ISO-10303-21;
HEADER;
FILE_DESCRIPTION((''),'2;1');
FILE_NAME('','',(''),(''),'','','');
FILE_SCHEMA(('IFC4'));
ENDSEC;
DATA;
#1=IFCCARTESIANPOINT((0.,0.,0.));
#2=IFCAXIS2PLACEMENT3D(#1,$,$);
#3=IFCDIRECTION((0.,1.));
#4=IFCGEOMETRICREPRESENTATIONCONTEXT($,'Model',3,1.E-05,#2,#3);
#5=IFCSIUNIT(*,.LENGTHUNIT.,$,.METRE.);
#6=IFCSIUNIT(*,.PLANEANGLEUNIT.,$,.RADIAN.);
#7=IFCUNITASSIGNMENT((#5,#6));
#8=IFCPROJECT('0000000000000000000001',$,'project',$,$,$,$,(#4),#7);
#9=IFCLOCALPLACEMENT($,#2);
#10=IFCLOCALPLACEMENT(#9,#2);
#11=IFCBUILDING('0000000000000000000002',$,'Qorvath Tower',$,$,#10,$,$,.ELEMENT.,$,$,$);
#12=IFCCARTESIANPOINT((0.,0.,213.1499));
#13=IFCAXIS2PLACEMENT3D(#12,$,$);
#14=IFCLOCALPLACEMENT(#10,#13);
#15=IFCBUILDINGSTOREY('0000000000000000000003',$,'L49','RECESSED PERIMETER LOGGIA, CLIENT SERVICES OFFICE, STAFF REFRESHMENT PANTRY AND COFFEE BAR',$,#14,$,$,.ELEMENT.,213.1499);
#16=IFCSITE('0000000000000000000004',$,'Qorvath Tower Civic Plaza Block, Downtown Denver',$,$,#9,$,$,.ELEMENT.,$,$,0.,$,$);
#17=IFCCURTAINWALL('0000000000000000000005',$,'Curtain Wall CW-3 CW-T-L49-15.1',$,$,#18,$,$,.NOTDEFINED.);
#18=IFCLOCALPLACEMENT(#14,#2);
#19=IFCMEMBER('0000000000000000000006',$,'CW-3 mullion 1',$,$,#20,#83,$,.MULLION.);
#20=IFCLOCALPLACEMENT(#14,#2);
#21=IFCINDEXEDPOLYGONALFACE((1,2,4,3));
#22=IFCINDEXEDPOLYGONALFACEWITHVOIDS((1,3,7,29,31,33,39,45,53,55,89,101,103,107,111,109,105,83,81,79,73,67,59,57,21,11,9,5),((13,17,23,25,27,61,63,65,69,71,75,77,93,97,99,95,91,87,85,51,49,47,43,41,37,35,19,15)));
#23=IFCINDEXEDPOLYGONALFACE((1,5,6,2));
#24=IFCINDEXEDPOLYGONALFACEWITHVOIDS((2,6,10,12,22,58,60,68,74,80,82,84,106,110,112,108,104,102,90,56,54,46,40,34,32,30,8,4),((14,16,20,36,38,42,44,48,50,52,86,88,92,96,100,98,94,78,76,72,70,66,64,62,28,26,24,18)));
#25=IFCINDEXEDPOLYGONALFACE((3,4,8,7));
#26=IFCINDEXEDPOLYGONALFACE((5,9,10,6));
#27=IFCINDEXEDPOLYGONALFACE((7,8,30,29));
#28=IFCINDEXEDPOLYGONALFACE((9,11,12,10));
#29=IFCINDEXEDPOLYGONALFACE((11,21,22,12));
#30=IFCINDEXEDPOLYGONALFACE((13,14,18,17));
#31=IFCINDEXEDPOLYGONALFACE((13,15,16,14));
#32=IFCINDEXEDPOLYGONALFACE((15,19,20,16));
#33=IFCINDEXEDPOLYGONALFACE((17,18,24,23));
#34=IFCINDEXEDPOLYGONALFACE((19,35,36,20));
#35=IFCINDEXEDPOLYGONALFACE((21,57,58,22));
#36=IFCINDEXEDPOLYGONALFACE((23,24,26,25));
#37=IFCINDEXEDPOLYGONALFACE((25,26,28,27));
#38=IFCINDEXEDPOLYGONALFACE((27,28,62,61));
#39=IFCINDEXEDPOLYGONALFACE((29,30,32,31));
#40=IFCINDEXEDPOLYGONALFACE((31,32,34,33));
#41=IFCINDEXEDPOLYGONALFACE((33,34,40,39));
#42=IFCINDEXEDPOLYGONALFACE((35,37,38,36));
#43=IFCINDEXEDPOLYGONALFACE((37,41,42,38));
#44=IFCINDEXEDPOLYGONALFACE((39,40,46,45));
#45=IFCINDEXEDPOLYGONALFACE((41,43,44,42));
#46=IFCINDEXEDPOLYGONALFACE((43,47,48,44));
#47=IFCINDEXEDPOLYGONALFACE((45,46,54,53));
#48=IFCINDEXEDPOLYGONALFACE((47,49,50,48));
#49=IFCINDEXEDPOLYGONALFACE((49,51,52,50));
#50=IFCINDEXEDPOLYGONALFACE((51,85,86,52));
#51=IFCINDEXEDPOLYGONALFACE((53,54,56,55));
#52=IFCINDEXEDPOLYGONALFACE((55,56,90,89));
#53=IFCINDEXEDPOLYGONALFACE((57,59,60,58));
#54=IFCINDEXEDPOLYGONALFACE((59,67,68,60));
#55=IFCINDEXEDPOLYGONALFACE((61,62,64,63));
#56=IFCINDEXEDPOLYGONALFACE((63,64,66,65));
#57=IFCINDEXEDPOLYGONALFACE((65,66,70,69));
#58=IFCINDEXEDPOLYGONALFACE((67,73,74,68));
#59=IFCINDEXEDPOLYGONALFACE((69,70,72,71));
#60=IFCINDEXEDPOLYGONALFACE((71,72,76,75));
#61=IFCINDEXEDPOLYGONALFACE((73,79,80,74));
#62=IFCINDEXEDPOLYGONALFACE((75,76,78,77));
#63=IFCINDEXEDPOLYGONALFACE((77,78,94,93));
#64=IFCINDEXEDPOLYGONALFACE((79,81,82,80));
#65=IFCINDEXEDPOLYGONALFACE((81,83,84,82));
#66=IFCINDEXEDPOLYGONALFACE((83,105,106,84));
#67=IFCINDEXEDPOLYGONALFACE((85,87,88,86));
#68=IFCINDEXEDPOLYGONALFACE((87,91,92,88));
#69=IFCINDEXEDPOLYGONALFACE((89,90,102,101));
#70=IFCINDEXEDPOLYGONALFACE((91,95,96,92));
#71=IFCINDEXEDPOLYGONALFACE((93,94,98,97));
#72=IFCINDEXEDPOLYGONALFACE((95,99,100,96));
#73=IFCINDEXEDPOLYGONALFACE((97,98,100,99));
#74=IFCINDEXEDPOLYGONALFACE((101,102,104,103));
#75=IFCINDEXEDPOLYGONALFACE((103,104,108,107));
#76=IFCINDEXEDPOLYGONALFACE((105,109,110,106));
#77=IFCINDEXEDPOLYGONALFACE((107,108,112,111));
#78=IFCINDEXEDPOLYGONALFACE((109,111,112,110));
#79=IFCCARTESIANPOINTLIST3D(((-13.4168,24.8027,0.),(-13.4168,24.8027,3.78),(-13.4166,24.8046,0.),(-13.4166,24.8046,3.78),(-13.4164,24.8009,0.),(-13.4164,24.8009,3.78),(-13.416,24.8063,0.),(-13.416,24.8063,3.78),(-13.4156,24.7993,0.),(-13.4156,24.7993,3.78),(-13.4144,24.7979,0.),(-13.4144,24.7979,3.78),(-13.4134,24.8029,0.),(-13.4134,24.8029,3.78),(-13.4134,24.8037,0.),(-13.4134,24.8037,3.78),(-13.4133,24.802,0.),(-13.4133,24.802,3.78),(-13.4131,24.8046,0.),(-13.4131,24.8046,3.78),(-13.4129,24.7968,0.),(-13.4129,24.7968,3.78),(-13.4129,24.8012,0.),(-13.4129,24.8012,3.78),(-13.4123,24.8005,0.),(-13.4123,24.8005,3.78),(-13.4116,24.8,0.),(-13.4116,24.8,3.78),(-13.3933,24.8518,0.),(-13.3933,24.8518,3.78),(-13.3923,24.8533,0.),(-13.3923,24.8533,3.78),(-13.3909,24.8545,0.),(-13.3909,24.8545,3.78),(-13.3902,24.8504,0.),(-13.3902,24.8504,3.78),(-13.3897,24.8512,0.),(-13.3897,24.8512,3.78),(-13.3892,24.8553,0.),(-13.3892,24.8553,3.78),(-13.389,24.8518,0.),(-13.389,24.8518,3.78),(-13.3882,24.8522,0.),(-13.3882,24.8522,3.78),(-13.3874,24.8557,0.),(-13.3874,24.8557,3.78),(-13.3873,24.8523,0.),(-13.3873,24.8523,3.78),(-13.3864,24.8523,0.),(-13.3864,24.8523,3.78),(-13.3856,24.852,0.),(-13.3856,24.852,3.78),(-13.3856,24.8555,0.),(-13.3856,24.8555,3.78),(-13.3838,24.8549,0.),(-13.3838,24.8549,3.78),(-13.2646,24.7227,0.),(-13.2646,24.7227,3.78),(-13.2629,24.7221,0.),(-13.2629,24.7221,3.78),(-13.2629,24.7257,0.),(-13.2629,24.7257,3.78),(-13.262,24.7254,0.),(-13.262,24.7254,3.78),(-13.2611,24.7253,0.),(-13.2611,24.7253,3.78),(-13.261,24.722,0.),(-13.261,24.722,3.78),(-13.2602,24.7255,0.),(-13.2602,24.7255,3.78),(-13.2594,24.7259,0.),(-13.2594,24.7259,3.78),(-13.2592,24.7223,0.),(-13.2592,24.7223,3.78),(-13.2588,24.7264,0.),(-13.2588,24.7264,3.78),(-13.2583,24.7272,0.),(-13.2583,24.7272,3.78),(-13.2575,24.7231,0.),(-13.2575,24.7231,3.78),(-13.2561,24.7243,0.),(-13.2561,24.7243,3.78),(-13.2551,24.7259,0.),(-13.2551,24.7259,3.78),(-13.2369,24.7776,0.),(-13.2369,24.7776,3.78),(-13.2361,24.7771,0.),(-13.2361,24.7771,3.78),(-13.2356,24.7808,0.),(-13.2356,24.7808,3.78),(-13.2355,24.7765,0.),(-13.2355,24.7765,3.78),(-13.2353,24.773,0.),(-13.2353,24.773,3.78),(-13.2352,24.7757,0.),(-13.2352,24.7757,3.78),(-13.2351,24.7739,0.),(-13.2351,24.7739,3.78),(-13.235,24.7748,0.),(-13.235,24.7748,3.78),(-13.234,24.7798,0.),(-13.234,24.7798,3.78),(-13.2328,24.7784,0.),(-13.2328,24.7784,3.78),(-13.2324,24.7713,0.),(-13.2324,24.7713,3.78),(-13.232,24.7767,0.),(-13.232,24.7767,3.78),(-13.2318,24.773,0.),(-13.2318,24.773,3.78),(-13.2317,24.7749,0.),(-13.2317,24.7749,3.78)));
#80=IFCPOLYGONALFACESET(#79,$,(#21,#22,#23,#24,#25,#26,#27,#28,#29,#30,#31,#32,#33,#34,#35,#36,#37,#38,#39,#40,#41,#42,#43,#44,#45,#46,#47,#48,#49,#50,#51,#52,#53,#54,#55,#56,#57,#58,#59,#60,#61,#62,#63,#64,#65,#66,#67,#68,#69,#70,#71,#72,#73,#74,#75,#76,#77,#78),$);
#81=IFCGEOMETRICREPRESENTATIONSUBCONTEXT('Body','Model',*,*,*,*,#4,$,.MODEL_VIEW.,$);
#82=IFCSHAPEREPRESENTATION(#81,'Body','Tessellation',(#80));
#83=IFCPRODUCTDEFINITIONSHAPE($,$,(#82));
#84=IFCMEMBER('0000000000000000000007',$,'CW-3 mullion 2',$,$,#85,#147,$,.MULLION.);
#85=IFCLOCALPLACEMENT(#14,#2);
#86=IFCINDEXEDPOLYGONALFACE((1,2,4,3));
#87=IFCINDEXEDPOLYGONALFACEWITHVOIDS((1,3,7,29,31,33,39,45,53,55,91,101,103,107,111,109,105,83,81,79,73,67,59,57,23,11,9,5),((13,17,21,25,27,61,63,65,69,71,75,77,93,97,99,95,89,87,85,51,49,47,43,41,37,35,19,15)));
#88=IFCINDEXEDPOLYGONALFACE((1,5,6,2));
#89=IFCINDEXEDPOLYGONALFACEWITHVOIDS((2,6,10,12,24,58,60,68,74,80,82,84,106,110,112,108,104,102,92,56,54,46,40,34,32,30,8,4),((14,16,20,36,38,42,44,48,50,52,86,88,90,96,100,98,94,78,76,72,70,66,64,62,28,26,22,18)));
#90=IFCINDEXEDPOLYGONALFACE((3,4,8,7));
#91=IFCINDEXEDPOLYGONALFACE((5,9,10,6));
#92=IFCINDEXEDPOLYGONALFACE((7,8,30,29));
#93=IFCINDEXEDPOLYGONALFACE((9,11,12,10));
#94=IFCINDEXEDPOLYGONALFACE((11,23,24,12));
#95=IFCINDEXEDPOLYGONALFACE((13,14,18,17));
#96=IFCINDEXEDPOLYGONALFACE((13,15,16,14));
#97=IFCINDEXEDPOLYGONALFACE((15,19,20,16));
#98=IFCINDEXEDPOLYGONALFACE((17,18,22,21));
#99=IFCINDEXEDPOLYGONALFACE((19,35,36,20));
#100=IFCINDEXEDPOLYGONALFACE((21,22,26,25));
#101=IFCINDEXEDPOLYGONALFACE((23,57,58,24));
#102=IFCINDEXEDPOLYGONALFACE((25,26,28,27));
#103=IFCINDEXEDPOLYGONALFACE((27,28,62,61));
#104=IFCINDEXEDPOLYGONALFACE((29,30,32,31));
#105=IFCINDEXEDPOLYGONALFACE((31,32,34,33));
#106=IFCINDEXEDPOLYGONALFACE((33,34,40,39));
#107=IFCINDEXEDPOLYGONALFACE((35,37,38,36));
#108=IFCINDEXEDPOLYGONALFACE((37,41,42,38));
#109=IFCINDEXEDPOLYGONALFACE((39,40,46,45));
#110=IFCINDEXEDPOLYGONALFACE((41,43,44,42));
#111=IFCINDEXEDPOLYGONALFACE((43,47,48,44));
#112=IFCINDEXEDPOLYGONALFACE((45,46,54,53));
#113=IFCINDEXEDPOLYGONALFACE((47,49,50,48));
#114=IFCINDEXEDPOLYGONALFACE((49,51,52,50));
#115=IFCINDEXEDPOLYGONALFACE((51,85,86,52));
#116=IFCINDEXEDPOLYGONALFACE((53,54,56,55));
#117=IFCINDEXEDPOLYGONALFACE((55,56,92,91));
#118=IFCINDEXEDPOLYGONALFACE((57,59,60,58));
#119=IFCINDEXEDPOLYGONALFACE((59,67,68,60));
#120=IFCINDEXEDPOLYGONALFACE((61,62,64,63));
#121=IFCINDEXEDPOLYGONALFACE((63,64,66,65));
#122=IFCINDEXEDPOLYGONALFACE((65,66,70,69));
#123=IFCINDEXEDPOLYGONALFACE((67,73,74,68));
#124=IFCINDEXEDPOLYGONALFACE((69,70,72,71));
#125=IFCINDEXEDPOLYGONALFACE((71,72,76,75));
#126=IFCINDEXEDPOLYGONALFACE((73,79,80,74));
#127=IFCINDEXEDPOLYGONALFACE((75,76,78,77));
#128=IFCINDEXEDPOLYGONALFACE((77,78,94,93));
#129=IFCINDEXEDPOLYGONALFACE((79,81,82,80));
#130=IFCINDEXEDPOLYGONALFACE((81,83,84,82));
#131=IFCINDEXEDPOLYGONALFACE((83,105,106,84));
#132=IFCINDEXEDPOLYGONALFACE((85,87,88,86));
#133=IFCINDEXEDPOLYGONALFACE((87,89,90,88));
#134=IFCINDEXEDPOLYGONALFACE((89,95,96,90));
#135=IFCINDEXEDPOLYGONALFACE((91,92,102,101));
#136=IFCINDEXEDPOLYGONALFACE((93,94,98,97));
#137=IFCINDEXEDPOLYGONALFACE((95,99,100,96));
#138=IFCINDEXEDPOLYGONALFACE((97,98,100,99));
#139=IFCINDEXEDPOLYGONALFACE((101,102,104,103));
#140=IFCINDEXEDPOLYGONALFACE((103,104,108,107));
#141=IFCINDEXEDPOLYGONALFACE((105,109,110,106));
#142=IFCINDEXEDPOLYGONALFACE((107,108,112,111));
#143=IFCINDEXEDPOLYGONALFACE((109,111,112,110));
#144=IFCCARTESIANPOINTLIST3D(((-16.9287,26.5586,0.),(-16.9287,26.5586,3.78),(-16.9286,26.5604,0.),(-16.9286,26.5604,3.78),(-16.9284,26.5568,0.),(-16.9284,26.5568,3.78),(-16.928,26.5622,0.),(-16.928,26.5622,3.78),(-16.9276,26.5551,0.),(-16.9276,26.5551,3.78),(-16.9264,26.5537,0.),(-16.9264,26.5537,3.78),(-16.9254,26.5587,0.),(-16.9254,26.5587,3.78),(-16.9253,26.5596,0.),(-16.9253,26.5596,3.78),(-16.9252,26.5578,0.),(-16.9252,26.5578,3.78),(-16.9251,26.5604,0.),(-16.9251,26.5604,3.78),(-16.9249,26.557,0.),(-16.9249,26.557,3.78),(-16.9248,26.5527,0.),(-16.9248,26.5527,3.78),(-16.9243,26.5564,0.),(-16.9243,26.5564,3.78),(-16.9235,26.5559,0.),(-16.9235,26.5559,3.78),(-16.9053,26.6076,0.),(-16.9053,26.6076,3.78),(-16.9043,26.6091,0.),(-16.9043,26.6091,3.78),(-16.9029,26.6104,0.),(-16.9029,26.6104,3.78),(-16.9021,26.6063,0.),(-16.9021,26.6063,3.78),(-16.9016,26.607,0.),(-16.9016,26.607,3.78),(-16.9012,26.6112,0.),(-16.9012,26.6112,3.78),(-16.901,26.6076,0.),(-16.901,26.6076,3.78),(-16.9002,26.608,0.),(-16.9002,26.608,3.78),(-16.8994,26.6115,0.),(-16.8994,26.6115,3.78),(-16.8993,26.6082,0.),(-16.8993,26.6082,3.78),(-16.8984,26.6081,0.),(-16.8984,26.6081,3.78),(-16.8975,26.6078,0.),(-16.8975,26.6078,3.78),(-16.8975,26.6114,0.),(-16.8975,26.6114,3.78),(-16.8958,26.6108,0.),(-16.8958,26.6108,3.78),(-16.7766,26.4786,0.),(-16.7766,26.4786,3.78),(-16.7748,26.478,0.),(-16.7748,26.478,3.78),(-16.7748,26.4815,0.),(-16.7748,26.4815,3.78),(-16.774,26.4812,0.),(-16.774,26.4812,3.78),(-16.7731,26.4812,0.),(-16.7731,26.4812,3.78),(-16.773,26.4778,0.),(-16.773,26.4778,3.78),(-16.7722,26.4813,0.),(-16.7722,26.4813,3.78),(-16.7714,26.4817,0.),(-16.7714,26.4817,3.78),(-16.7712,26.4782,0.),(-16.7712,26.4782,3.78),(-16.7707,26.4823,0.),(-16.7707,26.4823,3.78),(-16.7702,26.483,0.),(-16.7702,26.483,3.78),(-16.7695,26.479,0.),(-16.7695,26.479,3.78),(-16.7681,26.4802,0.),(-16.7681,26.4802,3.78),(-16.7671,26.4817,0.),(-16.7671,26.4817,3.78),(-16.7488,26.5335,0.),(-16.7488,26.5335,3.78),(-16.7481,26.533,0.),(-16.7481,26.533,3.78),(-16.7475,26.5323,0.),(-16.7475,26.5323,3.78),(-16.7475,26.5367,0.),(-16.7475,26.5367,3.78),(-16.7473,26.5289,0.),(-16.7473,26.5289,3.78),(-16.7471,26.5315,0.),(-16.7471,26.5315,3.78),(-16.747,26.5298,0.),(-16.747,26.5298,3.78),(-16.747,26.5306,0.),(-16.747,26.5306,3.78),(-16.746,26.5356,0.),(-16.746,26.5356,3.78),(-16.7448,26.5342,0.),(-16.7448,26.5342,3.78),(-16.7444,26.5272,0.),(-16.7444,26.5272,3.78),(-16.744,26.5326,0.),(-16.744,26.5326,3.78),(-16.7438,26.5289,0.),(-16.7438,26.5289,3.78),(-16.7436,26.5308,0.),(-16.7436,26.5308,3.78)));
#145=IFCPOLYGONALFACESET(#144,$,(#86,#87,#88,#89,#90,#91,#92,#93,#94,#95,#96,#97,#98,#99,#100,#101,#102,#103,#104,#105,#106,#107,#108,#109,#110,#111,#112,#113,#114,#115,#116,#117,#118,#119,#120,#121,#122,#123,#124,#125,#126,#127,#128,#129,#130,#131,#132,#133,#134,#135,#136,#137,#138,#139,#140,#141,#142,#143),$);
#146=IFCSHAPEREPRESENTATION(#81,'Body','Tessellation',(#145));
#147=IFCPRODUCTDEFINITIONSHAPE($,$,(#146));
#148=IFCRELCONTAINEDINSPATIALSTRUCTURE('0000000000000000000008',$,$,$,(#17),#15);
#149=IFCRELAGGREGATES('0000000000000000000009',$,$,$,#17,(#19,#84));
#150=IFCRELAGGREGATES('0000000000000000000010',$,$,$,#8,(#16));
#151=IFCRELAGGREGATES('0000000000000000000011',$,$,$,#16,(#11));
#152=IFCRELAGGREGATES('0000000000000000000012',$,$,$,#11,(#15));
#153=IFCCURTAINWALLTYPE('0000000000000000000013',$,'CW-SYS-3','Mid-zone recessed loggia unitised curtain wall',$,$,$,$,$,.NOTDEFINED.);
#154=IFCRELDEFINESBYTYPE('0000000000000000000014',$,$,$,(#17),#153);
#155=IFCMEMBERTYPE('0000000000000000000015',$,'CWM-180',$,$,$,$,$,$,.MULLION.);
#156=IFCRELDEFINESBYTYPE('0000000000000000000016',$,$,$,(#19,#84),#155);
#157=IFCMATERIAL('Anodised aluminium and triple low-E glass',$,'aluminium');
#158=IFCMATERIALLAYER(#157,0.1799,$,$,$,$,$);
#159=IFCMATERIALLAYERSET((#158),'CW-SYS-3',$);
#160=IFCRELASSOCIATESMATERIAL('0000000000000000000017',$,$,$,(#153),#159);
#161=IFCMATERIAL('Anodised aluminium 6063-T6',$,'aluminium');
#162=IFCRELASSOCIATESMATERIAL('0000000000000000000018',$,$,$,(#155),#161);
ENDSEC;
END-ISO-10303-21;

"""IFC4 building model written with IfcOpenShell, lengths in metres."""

from ifc_helpers import new_model, si_unit, direction, frame, origin, origin_2d, place, context, subcontext, project, spatial, hollow_rectangle, extrude, material, layer, layer_set, material_profile, profile_set, type_object, element, aggregate, save


model = new_model("IFC4")

# Units and contexts
model_context = context("Model", 3, precision=1e-05, world=origin(), true_north=direction((0.0, 1.0)))
body_context = subcontext(model_context, "Body", "Model", "MODEL_VIEW")
ifc_project = project(units=[si_unit("LENGTHUNIT", "METRE"), si_unit("PLANEANGLEUNIT", "RADIAN")], contexts=[model_context])

# Site, building, storey
site_placement = place(None, origin())
site = spatial("IfcSite", under=ifc_project, at=site_placement, Name="Qorvath Tower Civic Plaza Block, Downtown Denver", CompositionType="ELEMENT", RefElevation=0.0)
building_placement = place(site_placement, origin())
building = spatial("IfcBuilding", under=site, at=building_placement, Name="Qorvath Tower", CompositionType="ELEMENT")
storey_placement = place(building_placement, frame((0.0, 0.0, 213.1499)))
storey = spatial("IfcBuildingStorey", under=building, at=storey_placement, Name="L49", Description="RECESSED PERIMETER LOGGIA, CLIENT SERVICES OFFICE, STAFF REFRESHMENT PANTRY AND COFFEE BAR", CompositionType="ELEMENT", Elevation=213.1499)

# Shared definitions
ifc_material_1 = material(Name="Anodised aluminium and triple low-E glass", Category="aluminium")
ifc_layer_1 = layer(ifc_material_1, 0.1799)
ifc_layer_set_1 = layer_set([ifc_layer_1], Name="CW-SYS-3")
curtain_wall_type = type_object("IfcCurtainWallType", Name="CW-SYS-3", Description="Mid-zone recessed loggia unitised curtain wall", PredefinedType="NOTDEFINED", material=ifc_layer_set_1)
ifc_material_2 = material(Name="Anodised aluminium 6063-T6", Category="aluminium")
ifc_material_profile_1 = material_profile(ifc_material_2, hollow_rectangle(XDim=0.0649, YDim=0.1799, WallThickness=0.0034, InnerFilletRadius=0.0034, OuterFilletRadius=0.0071, at=origin_2d()), Name="CWM 180x65")
ifc_profile_set_1 = profile_set([ifc_material_profile_1], Name="Anodised aluminium 6063-T6")
member_type_1 = type_object("IfcMemberType", Name="CWM-180", PredefinedType="MULLION", material=ifc_profile_set_1)

# Curtain wall, members
curtain_wall_1_placement = place(storey_placement, origin())
curtain_wall_1 = element("IfcCurtainWall", 1, at=curtain_wall_1_placement, inside=storey, type_object=curtain_wall_type, Name="Curtain Wall CW-3 CW-T-L49-15.1", PredefinedType="NOTDEFINED")
member_1_placement = place(storey_placement, frame((-13.3242, 24.7888, 0.0), z_axis=(0.0, 0.0, 1.0), x_axis=(-0.447153, -0.894457, 0.0)))
member_1 = element("IfcMember", 2, at=member_1_placement, type_object=member_type_1, Name="CW-3 mullion 1", PredefinedType="MULLION", context=body_context, shape_type="SweptSolid", body=[
    extrude(hollow_rectangle(XDim=0.0649, YDim=0.1799, WallThickness=0.0034, InnerFilletRadius=0.0034, OuterFilletRadius=0.0071, at=origin_2d()), origin(), (0.0, 0.0, 1.0), 3.78),
])
member_2_placement = place(storey_placement, frame((-16.8362, 26.5447, 0.0), z_axis=(0.0, 0.0, 1.0), x_axis=(-0.447153, -0.894457, 0.0)))
member_2 = element("IfcMember", 3, at=member_2_placement, type_object=member_type_1, Name="CW-3 mullion 2", PredefinedType="MULLION", context=body_context, shape_type="SweptSolid", body=[
    extrude(hollow_rectangle(XDim=0.0649, YDim=0.1799, WallThickness=0.0034, InnerFilletRadius=0.0034, OuterFilletRadius=0.0071, at=origin_2d()), origin(), (0.0, 0.0, 1.0), 3.78),
])

aggregate(curtain_wall_1, [member_1, member_2])

save(model, "model.ifc")
